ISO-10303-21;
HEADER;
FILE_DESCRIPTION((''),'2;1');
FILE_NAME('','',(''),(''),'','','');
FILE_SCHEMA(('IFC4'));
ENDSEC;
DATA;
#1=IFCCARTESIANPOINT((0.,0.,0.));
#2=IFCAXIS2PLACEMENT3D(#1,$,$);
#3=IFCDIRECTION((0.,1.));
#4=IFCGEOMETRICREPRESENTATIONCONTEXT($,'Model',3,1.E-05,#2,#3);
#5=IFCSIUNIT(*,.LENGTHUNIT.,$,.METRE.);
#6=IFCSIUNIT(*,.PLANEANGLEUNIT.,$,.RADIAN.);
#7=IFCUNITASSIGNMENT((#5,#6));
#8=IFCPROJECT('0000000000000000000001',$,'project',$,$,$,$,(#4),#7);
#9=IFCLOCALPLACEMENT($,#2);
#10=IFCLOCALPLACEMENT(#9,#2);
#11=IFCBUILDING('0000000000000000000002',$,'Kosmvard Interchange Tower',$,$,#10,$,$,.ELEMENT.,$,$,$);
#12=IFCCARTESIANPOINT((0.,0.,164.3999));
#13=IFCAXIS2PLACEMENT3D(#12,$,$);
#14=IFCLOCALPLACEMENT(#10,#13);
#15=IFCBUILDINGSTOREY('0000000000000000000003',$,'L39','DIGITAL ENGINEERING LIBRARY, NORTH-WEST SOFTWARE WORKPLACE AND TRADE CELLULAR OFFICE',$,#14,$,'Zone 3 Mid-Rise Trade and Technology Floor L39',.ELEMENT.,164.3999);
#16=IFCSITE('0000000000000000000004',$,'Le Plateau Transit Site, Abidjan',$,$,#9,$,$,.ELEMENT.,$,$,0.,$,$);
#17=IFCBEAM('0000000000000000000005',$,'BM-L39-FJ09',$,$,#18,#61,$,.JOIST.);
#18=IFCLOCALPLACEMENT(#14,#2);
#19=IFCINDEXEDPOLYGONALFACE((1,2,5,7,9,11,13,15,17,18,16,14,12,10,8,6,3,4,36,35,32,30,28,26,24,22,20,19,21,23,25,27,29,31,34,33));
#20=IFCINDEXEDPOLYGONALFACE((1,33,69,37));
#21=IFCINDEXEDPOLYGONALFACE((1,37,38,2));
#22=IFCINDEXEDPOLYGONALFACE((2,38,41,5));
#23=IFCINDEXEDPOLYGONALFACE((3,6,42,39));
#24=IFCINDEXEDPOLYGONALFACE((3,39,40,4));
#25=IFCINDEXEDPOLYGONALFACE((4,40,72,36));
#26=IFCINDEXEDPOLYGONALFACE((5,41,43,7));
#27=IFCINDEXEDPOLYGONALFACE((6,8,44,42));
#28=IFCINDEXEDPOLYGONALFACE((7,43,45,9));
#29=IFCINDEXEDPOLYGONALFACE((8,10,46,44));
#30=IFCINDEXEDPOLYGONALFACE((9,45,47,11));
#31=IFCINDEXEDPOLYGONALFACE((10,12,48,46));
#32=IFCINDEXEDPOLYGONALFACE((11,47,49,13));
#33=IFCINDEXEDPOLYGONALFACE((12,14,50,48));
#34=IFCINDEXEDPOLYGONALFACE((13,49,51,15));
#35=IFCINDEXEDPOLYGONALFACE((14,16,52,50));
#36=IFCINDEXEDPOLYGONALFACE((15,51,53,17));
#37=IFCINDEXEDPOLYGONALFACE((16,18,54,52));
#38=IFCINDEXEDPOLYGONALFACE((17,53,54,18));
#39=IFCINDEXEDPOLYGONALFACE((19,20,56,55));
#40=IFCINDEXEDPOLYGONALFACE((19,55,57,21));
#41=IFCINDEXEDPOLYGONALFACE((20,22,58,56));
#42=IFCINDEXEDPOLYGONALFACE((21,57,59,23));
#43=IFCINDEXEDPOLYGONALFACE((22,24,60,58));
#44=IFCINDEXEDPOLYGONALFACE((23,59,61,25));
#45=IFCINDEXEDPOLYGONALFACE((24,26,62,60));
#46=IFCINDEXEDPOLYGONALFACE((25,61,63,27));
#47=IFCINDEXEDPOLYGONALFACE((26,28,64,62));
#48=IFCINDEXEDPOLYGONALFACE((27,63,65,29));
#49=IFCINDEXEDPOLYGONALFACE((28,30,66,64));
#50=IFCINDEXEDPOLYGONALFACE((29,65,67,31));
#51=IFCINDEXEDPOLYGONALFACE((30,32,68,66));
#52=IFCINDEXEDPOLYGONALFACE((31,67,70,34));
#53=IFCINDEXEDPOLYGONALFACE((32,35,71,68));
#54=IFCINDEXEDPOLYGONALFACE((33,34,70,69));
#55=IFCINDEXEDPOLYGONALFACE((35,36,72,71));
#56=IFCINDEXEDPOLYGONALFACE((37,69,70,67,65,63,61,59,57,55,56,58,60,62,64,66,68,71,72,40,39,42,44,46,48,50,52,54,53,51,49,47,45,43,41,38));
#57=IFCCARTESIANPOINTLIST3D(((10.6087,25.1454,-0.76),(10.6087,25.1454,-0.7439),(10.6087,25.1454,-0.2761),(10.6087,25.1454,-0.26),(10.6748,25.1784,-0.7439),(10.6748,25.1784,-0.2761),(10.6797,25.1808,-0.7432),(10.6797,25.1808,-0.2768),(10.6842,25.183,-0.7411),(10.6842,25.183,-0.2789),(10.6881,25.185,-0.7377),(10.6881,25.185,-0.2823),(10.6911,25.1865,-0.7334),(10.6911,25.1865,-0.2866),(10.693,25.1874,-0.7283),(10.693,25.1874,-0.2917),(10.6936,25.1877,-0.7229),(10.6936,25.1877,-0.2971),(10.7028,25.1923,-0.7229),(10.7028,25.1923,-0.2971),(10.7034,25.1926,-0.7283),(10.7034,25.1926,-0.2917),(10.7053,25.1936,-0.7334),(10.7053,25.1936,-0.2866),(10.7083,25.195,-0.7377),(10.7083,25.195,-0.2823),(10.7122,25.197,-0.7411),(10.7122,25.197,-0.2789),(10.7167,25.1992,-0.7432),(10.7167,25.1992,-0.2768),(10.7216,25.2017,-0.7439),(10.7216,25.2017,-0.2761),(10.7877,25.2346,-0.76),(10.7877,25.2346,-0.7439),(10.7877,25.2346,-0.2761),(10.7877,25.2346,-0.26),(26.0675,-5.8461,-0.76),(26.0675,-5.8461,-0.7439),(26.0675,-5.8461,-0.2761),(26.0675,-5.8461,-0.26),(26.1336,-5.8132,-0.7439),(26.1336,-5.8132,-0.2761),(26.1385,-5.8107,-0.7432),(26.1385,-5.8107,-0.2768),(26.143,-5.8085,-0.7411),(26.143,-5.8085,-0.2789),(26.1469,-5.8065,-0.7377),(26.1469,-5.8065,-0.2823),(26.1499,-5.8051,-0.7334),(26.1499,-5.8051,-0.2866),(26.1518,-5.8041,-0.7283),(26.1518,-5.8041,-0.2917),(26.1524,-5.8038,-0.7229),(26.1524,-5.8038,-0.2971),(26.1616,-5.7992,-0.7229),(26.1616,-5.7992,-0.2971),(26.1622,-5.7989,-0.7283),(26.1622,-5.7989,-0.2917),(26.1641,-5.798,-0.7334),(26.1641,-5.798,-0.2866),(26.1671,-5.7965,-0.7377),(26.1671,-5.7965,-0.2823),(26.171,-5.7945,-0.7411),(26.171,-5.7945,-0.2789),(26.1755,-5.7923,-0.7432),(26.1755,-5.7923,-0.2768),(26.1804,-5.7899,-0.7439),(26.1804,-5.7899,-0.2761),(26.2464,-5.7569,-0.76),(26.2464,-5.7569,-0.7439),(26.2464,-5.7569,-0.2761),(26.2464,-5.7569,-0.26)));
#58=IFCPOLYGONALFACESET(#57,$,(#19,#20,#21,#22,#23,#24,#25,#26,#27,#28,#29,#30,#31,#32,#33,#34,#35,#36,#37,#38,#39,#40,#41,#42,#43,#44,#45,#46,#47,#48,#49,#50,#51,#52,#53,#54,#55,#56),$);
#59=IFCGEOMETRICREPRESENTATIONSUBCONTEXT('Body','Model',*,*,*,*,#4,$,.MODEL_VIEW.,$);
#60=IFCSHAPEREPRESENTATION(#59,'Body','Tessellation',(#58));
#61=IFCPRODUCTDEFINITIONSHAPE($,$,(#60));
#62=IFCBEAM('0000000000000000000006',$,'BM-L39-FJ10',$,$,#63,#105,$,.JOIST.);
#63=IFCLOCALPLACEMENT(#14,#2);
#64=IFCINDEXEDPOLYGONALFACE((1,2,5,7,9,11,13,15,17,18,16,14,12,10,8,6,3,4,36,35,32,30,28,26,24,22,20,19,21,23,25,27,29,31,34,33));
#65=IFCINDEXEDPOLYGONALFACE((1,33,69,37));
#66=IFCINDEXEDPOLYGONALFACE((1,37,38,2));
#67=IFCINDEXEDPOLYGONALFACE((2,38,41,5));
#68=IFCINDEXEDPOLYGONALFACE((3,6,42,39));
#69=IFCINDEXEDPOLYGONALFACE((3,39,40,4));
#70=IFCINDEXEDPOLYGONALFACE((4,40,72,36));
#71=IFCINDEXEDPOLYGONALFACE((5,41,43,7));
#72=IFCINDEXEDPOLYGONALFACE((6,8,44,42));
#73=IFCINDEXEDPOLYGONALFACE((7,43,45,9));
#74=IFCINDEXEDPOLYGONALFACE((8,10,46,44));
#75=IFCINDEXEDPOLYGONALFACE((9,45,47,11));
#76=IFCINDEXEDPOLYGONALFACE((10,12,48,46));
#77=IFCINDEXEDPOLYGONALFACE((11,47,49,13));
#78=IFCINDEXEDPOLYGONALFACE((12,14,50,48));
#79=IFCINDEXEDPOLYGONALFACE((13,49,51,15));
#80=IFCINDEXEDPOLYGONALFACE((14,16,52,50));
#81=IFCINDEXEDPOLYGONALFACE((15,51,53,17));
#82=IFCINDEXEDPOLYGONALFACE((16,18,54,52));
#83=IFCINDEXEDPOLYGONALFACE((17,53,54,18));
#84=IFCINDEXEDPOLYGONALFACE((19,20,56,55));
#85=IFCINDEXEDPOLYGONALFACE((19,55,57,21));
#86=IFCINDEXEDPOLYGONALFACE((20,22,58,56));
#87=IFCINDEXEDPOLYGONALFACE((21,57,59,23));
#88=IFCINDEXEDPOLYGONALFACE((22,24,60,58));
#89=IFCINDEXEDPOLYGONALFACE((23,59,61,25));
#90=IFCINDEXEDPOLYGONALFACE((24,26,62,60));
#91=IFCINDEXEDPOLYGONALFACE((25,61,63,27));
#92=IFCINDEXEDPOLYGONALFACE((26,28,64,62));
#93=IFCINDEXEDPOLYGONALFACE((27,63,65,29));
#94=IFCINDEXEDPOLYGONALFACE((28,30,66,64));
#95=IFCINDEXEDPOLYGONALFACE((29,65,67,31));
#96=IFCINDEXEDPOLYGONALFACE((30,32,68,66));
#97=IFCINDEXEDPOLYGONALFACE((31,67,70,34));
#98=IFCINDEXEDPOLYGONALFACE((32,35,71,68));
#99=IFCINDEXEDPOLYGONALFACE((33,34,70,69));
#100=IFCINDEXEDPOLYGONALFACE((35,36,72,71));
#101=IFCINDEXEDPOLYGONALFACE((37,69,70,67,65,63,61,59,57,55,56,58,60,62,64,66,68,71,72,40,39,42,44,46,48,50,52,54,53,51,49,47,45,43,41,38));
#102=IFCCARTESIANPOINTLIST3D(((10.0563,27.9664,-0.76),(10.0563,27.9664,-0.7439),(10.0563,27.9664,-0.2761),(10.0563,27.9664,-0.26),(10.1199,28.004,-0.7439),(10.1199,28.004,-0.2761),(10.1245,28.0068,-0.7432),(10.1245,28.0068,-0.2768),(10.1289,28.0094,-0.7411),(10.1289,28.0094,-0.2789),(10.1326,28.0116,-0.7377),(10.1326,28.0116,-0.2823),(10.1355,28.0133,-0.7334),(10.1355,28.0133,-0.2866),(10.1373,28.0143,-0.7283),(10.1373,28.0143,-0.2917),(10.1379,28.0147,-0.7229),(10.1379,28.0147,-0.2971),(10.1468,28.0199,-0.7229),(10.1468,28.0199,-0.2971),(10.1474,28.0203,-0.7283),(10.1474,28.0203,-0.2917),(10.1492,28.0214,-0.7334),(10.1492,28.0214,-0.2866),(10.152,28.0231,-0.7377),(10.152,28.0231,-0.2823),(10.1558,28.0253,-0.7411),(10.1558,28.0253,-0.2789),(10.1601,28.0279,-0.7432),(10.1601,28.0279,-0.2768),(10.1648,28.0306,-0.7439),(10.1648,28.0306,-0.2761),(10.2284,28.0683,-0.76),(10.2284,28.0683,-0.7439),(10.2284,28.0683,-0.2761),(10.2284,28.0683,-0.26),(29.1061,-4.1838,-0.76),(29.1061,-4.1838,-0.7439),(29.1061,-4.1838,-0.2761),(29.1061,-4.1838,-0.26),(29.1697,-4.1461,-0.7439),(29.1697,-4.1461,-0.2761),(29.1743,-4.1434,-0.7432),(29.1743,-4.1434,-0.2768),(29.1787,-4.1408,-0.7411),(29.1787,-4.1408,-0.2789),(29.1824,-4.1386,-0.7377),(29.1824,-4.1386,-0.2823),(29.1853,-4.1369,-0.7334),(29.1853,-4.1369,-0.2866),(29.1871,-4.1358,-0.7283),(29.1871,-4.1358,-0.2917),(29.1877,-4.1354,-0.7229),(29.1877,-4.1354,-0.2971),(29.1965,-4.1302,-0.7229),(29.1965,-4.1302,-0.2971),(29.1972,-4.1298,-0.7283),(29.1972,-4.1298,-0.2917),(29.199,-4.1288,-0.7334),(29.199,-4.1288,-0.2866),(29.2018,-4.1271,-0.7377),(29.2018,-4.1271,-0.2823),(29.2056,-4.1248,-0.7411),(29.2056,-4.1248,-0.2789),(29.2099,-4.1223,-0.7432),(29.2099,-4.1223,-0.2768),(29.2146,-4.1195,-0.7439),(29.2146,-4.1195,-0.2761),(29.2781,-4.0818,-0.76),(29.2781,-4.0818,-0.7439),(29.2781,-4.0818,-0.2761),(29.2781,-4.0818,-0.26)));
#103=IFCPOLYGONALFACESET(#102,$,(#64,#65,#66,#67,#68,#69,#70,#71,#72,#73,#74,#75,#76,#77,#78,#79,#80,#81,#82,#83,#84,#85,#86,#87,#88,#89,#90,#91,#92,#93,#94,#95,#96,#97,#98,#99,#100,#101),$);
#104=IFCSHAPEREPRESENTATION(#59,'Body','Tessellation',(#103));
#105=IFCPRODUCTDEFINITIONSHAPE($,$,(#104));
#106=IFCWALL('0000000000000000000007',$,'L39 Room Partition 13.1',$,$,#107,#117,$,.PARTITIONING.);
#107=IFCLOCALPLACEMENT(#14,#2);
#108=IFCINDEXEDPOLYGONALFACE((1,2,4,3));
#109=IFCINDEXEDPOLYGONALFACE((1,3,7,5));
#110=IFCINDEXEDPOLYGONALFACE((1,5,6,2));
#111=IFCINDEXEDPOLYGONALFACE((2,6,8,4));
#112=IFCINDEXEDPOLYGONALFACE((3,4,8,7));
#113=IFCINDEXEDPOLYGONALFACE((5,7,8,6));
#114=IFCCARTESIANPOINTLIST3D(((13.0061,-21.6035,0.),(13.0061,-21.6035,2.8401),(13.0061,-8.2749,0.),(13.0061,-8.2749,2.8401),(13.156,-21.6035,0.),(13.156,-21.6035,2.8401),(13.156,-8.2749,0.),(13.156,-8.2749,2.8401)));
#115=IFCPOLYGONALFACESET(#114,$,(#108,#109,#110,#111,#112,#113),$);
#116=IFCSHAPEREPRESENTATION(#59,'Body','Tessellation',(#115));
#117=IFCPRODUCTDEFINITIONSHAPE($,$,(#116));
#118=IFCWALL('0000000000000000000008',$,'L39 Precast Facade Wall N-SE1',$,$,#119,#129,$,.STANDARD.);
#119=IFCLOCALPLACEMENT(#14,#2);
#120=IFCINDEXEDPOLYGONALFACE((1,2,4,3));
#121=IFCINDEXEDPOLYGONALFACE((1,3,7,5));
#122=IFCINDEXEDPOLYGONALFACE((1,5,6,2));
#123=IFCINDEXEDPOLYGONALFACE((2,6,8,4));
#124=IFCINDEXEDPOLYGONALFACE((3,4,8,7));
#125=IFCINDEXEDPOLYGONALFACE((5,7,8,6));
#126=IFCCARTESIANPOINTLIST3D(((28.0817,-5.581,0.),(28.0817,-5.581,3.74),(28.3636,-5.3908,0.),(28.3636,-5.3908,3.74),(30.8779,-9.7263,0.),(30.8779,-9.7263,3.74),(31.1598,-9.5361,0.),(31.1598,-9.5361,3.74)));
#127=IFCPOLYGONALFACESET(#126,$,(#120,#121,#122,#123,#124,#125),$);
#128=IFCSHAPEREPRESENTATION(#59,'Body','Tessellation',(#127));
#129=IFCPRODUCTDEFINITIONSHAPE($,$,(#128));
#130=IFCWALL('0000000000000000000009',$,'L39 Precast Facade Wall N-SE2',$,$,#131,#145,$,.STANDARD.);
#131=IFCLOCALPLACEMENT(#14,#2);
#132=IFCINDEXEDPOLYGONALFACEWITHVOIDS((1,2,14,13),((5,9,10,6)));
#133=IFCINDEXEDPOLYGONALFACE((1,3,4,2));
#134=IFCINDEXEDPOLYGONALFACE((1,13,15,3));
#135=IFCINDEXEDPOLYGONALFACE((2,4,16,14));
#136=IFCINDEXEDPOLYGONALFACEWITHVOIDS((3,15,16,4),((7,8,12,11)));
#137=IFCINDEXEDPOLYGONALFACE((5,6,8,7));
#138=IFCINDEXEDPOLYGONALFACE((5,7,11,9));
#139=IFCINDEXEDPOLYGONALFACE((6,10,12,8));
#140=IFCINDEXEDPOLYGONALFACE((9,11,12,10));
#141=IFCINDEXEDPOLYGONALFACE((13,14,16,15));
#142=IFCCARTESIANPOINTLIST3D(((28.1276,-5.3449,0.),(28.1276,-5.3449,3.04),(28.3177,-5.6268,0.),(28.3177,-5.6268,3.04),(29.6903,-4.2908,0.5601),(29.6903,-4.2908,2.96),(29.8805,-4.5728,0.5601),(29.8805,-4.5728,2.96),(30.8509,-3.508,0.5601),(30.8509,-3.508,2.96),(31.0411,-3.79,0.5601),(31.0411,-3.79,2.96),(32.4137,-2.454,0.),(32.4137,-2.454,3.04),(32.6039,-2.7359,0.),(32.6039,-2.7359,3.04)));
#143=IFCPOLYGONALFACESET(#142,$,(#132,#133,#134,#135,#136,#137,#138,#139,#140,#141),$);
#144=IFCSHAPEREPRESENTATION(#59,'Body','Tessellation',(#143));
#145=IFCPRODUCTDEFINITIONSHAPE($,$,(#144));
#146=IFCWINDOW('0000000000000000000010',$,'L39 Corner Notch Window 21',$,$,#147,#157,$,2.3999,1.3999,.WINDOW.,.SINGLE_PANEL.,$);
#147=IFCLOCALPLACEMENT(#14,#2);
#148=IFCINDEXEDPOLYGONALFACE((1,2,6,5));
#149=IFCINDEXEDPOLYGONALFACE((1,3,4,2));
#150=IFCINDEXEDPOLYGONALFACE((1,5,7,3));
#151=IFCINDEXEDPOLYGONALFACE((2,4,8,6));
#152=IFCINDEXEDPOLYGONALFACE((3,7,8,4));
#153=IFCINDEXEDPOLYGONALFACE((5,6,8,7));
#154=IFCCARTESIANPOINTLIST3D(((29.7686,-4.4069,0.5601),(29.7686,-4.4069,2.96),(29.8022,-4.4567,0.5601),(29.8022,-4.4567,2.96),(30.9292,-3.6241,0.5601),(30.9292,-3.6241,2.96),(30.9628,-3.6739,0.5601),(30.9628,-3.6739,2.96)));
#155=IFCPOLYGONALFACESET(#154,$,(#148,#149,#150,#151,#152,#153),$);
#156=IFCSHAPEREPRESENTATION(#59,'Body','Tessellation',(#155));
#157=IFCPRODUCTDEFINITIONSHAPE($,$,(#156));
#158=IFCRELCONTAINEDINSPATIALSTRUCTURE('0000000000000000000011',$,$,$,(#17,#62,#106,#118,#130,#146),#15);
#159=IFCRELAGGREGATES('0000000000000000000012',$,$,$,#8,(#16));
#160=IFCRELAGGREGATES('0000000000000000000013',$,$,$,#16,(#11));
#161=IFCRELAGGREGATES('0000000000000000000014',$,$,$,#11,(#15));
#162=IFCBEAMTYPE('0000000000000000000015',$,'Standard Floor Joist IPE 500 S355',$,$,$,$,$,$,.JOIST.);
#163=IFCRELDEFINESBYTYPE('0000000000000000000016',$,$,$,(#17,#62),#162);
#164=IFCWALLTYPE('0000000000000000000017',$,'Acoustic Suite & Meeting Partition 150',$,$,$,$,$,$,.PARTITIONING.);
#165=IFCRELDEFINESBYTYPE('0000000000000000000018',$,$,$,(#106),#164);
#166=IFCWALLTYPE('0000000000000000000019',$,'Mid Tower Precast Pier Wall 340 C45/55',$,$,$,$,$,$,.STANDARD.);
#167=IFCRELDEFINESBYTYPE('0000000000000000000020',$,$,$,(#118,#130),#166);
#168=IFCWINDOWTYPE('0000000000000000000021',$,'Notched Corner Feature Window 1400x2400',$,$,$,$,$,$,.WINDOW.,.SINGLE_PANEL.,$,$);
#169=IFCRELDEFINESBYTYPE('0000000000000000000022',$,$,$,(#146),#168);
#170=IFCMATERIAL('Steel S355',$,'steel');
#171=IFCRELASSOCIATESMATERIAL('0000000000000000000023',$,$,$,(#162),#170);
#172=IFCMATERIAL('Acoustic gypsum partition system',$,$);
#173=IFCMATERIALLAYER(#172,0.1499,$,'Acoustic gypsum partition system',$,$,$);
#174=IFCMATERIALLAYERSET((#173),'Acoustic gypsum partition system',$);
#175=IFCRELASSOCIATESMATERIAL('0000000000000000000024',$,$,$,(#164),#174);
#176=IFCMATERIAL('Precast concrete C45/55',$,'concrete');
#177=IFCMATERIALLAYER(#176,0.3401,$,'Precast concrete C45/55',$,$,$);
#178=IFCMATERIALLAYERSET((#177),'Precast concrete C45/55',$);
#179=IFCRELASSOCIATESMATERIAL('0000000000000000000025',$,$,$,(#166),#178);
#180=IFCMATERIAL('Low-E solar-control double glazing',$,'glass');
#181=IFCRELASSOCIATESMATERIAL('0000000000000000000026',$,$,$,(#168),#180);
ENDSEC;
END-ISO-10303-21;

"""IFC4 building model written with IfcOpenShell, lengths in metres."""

from ifc_helpers import new_model, si_unit, direction, frame, frame_2d, origin, origin_2d, place, context, subcontext, project, spatial, rectangle, i_section, extrude, source, transform, mapped, material, layer, layer_set, material_profile, profile_set, type_object, element, fill, save


model = new_model("IFC4")

# Units and contexts
model_context = context("Model", 3, precision=1e-05, world=origin(), true_north=direction((0.0, 1.0)))
body_context = subcontext(model_context, "Body", "Model", "MODEL_VIEW")
ifc_project = project(units=[si_unit("LENGTHUNIT", "METRE"), si_unit("PLANEANGLEUNIT", "RADIAN")], contexts=[model_context])

# Site, building, storey
site_placement = place(None, origin())
site = spatial("IfcSite", under=ifc_project, at=site_placement, Name="Le Plateau Transit Site, Abidjan", CompositionType="ELEMENT", RefElevation=0.0)
building_placement = place(site_placement, origin())
building = spatial("IfcBuilding", under=site, at=building_placement, Name="Kosmvard Interchange Tower", CompositionType="ELEMENT")
storey_placement = place(building_placement, frame((0.0, 0.0, 164.3999)))
storey = spatial("IfcBuildingStorey", under=building, at=storey_placement, Name="L39", Description="DIGITAL ENGINEERING LIBRARY, NORTH-WEST SOFTWARE WORKPLACE AND TRADE CELLULAR OFFICE", LongName="Zone 3 Mid-Rise Trade and Technology Floor L39", CompositionType="ELEMENT", Elevation=164.3999)

# Beams
ifc_material_1 = material(Name="Steel S355", Category="steel")
ifc_material_2 = material(Name="Precast concrete C45/55", Category="concrete")
ifc_material_profile_1 = material_profile(ifc_material_1, i_section(OverallWidth=0.2, OverallDepth=0.5, WebThickness=0.0103, FlangeThickness=0.0161, FilletRadius=0.021, at=origin_2d()), Name="IPE 500")
ifc_profile_set_1 = profile_set([ifc_material_profile_1], Name="Steel S355")
beam_type_1 = type_object("IfcBeamType", Name="Standard Floor Joist IPE 500 S355", PredefinedType="JOIST", material=ifc_profile_set_1)
shared_shape_1 = source(origin(), body_context, "Body", "SweptSolid", [
    extrude(i_section(OverallWidth=0.2, OverallDepth=0.5, WebThickness=0.0103, FlangeThickness=0.0161, FilletRadius=0.021, at=origin_2d()), origin(), (0.0, 0.0, 1.0), 34.6331),
])
beam_1_placement = place(storey_placement, frame((26.157, -5.8015, -0.51), z_axis=(-0.446359, 0.894854, 0.0), x_axis=(-0.894854, -0.446359, 0.0)))
element("IfcBeam", 1, at=beam_1_placement, inside=storey, type_object=beam_type_1, Name="BM-L39-FJ09", PredefinedType="JOIST", context=body_context, shape_type="MappedRepresentation", body=[
    mapped(shared_shape_1, transform((0.0, 0.0, 0.0), scale=1.0)),
])
shared_shape_2 = source(origin(), body_context, "Body", "SweptSolid", [
    extrude(i_section(OverallWidth=0.2, OverallDepth=0.5, WebThickness=0.0103, FlangeThickness=0.0161, FilletRadius=0.021, at=origin_2d()), origin(), (0.0, 0.0, 1.0), 37.3701),
])
beam_2_placement = place(storey_placement, frame((29.1921, -4.1328, -0.51), z_axis=(-0.50976, 0.860317, 0.0), x_axis=(-0.860317, -0.50976, 0.0)))
element("IfcBeam", 2, at=beam_2_placement, inside=storey, type_object=beam_type_1, Name="BM-L39-FJ10", PredefinedType="JOIST", context=body_context, shape_type="MappedRepresentation", body=[
    mapped(shared_shape_2, transform((0.0, 0.0, 0.0), scale=1.0)),
])

# Walls
ifc_material_3 = material(Name="Acoustic gypsum partition system")
ifc_layer_1 = layer(ifc_material_3, 0.1499, Name="Acoustic gypsum partition system")
ifc_layer_set_1 = layer_set([ifc_layer_1], Name="Acoustic gypsum partition system")
wall_type_1 = type_object("IfcWallType", Name="Acoustic Suite & Meeting Partition 150", PredefinedType="PARTITIONING", material=ifc_layer_set_1)
wall_1_placement = place(storey_placement, frame((13.0811, -8.2749, 0.0), z_axis=(0.0, 0.0, 1.0), x_axis=(0.0, -1.0, 0.0)))
element("IfcWall", 3, at=wall_1_placement, inside=storey, type_object=wall_type_1, Name="L39 Room Partition 13.1", PredefinedType="PARTITIONING", context=body_context, shape_type="SweptSolid", body=[
    extrude(rectangle(XDim=13.3286, YDim=0.1499, at=frame_2d((6.6643, 0.0))), origin(), (0.0, 0.0, 1.0), 2.8401),
])
ifc_layer_2 = layer(ifc_material_2, 0.3401, Name="Precast concrete C45/55")
ifc_layer_set_2 = layer_set([ifc_layer_2], Name="Precast concrete C45/55")
wall_type_2 = type_object("IfcWallType", Name="Mid Tower Precast Pier Wall 340 C45/55", PredefinedType="STANDARD", material=ifc_layer_set_2)
wall_2_placement = place(storey_placement, frame((31.0188, -9.6311, 0.0), z_axis=(0.0, 0.0, 1.0), x_axis=(-0.55921, 0.829026, 0.0)))
element("IfcWall", 4, at=wall_2_placement, inside=storey, type_object=wall_type_2, Name="L39 Precast Facade Wall N-SE1", PredefinedType="STANDARD", context=body_context, shape_type="SweptSolid", body=[
    extrude(rectangle(XDim=5.0002, YDim=0.3401, at=frame_2d((2.5, 0.0))), origin(), (0.0, 0.0, 1.0), 3.74),
])

# Wall, opening, window
wall_3_placement = place(storey_placement, frame((28.2227, -5.4858, 0.0), z_axis=(0.0, 0.0, 1.0), x_axis=(0.829052, 0.559171, 0.0)))
wall_3 = element("IfcWall", 5, at=wall_3_placement, inside=storey, type_object=wall_type_2, Name="L39 Precast Facade Wall N-SE2", PredefinedType="STANDARD", context=body_context, shape_type="SweptSolid", body=[
    extrude(rectangle(XDim=5.1699, YDim=0.3401, at=frame_2d((2.585, 0.0))), origin(), (0.0, 0.0, 1.0), 3.04),
])
opening_1_placement = place(wall_3_placement, frame((1.885, 0.0, 0.5601)))
opening_1 = element("IfcOpeningElement", 6, at=opening_1_placement, cuts=wall_3, PredefinedType="OPENING", context=body_context, shape_type="SweptSolid", body=[
    extrude(rectangle(XDim=1.3999, YDim=2.3999, at=frame_2d((0.7, 1.2))), frame((0.0, 0.1802, 0.0), z_axis=(0.0, -1.0, 0.0), x_axis=(1.0, 0.0, 0.0)), (0.0, 0.0, 1.0), 0.3601),
])
ifc_material_4 = material(Name="Low-E solar-control double glazing", Category="glass")
window_type_1 = type_object("IfcWindowType", Name="Notched Corner Feature Window 1400x2400", PartitioningType="SINGLE_PANEL", PredefinedType="WINDOW", material=ifc_material_4)
shared_shape_3 = source(origin(), body_context, "Body", "SweptSolid", [
    extrude(rectangle(XDim=1.3999, YDim=2.3999, at=frame_2d((0.7, 1.2))), frame((0.0, 0.03, 0.0), z_axis=(0.0, -1.0, 0.0), x_axis=(1.0, 0.0, 0.0)), (0.0, 0.0, 1.0), 0.0601),
])
window_1_placement = place(opening_1_placement, origin())
window_1 = element("IfcWindow", 7, at=window_1_placement, inside=storey, type_object=window_type_1, Name="L39 Corner Notch Window 21", OverallHeight=2.3999, OverallWidth=1.3999, PartitioningType="SINGLE_PANEL", PredefinedType="WINDOW", context=body_context, shape_type="MappedRepresentation", body=[
    mapped(shared_shape_3, transform((0.0, 0.0, 0.0), scale=1.0)),
])
fill(opening_1, window_1)

save(model, "model.ifc")
